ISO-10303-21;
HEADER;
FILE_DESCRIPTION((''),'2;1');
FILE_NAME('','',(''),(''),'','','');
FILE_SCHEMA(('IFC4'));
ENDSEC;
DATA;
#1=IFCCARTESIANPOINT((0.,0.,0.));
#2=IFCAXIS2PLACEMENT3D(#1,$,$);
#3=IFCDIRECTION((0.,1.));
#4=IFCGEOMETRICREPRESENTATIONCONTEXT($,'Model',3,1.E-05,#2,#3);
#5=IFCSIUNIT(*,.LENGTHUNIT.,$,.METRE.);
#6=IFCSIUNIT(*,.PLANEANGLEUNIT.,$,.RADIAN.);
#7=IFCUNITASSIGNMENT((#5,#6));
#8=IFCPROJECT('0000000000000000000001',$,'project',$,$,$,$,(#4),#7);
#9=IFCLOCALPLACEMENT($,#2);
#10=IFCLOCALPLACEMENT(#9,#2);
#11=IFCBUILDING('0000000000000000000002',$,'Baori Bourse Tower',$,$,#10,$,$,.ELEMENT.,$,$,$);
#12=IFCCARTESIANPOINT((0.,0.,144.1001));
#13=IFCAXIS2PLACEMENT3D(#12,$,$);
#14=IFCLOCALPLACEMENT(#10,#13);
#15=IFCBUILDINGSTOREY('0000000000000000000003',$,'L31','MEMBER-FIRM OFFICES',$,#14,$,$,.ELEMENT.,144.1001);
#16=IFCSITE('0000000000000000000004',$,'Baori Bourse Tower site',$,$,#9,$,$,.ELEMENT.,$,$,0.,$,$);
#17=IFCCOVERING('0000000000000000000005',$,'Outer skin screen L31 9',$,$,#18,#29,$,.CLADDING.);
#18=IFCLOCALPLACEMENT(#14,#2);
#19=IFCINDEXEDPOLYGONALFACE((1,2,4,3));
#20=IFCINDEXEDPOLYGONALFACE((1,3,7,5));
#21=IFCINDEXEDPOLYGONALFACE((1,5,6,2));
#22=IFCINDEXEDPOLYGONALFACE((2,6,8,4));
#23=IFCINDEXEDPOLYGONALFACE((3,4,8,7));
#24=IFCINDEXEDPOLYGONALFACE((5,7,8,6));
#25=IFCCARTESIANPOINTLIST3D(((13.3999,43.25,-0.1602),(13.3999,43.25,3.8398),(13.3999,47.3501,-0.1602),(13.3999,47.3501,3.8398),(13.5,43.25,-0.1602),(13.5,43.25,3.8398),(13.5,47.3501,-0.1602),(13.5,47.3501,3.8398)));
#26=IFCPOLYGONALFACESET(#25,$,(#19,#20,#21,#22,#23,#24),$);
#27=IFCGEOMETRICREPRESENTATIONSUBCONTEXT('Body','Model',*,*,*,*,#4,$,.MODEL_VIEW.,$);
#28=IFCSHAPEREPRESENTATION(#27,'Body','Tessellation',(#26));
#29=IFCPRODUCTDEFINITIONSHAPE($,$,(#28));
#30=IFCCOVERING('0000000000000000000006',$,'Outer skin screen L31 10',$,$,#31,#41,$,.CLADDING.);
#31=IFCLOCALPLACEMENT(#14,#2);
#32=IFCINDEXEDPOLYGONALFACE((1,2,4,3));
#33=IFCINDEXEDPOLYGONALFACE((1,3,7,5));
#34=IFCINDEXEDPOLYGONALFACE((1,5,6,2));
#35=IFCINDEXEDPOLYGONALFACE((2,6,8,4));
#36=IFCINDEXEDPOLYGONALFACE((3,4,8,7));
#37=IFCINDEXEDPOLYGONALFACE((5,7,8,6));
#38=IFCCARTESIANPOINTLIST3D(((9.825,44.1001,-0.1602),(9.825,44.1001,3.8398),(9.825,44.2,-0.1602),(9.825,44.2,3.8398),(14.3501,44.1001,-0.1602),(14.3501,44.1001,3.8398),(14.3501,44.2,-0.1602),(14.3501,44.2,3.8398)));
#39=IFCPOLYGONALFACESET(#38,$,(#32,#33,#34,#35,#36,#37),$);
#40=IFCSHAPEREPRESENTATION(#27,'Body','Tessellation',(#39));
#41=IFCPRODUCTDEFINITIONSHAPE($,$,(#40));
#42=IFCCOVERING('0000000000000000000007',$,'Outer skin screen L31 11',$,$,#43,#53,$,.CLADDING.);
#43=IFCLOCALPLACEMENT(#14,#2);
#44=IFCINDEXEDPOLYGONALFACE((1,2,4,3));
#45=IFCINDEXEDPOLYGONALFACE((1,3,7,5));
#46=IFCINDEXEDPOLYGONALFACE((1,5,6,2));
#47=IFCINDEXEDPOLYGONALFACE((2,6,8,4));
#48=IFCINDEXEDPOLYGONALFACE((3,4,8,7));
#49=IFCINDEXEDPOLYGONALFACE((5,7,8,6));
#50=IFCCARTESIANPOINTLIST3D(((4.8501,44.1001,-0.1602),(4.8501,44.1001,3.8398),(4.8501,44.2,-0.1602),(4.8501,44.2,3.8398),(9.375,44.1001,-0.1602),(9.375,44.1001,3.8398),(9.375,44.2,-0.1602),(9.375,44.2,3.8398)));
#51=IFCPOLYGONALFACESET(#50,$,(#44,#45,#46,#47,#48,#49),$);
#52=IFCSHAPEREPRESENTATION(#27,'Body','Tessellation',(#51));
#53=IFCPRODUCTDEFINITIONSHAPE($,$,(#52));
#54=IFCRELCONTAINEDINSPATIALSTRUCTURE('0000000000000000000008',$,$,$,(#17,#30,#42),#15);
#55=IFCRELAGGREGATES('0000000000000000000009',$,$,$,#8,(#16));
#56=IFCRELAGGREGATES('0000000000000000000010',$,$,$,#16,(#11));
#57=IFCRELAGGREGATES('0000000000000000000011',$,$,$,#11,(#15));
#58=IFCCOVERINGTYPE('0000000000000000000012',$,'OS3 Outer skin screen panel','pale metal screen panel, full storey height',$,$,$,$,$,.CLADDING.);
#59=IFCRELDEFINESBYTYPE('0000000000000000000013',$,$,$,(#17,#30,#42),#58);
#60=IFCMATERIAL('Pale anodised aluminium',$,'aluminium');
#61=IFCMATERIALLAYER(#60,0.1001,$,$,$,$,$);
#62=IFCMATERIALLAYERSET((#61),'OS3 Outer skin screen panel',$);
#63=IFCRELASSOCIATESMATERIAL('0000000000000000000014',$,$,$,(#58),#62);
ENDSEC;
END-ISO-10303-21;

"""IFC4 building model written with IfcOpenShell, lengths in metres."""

from ifc_helpers import new_model, si_unit, direction, frame, origin, place, context, subcontext, project, spatial, polyline, outline, extrude, material, layer, layer_set, type_object, element, save


model = new_model("IFC4")

# Units and contexts
model_context = context("Model", 3, precision=1e-05, world=origin(), true_north=direction((0.0, 1.0)))
body_context = subcontext(model_context, "Body", "Model", "MODEL_VIEW")
ifc_project = project(units=[si_unit("LENGTHUNIT", "METRE"), si_unit("PLANEANGLEUNIT", "RADIAN")], contexts=[model_context])

# Site, building, storey
site_placement = place(None, origin())
site = spatial("IfcSite", under=ifc_project, at=site_placement, Name="Baori Bourse Tower site", CompositionType="ELEMENT", RefElevation=0.0)
building_placement = place(site_placement, origin())
building = spatial("IfcBuilding", under=site, at=building_placement, Name="Baori Bourse Tower", CompositionType="ELEMENT")
storey_placement = place(building_placement, frame((0.0, 0.0, 144.1001)))
storey = spatial("IfcBuildingStorey", under=building, at=storey_placement, Name="L31", Description="MEMBER-FIRM OFFICES", CompositionType="ELEMENT", Elevation=144.1001)

# Coverings
ifc_material_1 = material(Name="Pale anodised aluminium", Category="aluminium")
ifc_layer_1 = layer(ifc_material_1, 0.1001)
ifc_layer_set_1 = layer_set([ifc_layer_1], Name="OS3 Outer skin screen panel")
covering_type = type_object("IfcCoveringType", Name="OS3 Outer skin screen panel", Description="pale metal screen panel, full storey height", PredefinedType="CLADDING", material=ifc_layer_set_1)
covering_1_placement = place(storey_placement, frame((0.0, 0.0, -0.1602)))
element("IfcCovering", 1, at=covering_1_placement, inside=storey, type_object=covering_type, Name="Outer skin screen L31 9", PredefinedType="CLADDING", context=body_context, shape_type="SweptSolid", body=[
    extrude(outline(polyline([(13.5, 43.25), (13.5, 47.3501), (13.3999, 47.3501), (13.3999, 43.25), (13.5, 43.25)])), origin(), (0.0, 0.0, 1.0), 4.0),
])
covering_2_placement = place(storey_placement, frame((0.0, 0.0, -0.1602)))
element("IfcCovering", 2, at=covering_2_placement, inside=storey, type_object=covering_type, Name="Outer skin screen L31 10", PredefinedType="CLADDING", context=body_context, shape_type="SweptSolid", body=[
    extrude(outline(polyline([(9.825, 44.1001), (14.3501, 44.1001), (14.3501, 44.2), (9.825, 44.2), (9.825, 44.1001)])), origin(), (0.0, 0.0, 1.0), 4.0),
])
covering_3_placement = place(storey_placement, frame((0.0, 0.0, -0.1602)))
element("IfcCovering", 3, at=covering_3_placement, inside=storey, type_object=covering_type, Name="Outer skin screen L31 11", PredefinedType="CLADDING", context=body_context, shape_type="SweptSolid", body=[
    extrude(outline(polyline([(4.8501, 44.1001), (9.375, 44.1001), (9.375, 44.2), (4.8501, 44.2), (4.8501, 44.1001)])), origin(), (0.0, 0.0, 1.0), 4.0),
])

save(model, "model.ifc")
